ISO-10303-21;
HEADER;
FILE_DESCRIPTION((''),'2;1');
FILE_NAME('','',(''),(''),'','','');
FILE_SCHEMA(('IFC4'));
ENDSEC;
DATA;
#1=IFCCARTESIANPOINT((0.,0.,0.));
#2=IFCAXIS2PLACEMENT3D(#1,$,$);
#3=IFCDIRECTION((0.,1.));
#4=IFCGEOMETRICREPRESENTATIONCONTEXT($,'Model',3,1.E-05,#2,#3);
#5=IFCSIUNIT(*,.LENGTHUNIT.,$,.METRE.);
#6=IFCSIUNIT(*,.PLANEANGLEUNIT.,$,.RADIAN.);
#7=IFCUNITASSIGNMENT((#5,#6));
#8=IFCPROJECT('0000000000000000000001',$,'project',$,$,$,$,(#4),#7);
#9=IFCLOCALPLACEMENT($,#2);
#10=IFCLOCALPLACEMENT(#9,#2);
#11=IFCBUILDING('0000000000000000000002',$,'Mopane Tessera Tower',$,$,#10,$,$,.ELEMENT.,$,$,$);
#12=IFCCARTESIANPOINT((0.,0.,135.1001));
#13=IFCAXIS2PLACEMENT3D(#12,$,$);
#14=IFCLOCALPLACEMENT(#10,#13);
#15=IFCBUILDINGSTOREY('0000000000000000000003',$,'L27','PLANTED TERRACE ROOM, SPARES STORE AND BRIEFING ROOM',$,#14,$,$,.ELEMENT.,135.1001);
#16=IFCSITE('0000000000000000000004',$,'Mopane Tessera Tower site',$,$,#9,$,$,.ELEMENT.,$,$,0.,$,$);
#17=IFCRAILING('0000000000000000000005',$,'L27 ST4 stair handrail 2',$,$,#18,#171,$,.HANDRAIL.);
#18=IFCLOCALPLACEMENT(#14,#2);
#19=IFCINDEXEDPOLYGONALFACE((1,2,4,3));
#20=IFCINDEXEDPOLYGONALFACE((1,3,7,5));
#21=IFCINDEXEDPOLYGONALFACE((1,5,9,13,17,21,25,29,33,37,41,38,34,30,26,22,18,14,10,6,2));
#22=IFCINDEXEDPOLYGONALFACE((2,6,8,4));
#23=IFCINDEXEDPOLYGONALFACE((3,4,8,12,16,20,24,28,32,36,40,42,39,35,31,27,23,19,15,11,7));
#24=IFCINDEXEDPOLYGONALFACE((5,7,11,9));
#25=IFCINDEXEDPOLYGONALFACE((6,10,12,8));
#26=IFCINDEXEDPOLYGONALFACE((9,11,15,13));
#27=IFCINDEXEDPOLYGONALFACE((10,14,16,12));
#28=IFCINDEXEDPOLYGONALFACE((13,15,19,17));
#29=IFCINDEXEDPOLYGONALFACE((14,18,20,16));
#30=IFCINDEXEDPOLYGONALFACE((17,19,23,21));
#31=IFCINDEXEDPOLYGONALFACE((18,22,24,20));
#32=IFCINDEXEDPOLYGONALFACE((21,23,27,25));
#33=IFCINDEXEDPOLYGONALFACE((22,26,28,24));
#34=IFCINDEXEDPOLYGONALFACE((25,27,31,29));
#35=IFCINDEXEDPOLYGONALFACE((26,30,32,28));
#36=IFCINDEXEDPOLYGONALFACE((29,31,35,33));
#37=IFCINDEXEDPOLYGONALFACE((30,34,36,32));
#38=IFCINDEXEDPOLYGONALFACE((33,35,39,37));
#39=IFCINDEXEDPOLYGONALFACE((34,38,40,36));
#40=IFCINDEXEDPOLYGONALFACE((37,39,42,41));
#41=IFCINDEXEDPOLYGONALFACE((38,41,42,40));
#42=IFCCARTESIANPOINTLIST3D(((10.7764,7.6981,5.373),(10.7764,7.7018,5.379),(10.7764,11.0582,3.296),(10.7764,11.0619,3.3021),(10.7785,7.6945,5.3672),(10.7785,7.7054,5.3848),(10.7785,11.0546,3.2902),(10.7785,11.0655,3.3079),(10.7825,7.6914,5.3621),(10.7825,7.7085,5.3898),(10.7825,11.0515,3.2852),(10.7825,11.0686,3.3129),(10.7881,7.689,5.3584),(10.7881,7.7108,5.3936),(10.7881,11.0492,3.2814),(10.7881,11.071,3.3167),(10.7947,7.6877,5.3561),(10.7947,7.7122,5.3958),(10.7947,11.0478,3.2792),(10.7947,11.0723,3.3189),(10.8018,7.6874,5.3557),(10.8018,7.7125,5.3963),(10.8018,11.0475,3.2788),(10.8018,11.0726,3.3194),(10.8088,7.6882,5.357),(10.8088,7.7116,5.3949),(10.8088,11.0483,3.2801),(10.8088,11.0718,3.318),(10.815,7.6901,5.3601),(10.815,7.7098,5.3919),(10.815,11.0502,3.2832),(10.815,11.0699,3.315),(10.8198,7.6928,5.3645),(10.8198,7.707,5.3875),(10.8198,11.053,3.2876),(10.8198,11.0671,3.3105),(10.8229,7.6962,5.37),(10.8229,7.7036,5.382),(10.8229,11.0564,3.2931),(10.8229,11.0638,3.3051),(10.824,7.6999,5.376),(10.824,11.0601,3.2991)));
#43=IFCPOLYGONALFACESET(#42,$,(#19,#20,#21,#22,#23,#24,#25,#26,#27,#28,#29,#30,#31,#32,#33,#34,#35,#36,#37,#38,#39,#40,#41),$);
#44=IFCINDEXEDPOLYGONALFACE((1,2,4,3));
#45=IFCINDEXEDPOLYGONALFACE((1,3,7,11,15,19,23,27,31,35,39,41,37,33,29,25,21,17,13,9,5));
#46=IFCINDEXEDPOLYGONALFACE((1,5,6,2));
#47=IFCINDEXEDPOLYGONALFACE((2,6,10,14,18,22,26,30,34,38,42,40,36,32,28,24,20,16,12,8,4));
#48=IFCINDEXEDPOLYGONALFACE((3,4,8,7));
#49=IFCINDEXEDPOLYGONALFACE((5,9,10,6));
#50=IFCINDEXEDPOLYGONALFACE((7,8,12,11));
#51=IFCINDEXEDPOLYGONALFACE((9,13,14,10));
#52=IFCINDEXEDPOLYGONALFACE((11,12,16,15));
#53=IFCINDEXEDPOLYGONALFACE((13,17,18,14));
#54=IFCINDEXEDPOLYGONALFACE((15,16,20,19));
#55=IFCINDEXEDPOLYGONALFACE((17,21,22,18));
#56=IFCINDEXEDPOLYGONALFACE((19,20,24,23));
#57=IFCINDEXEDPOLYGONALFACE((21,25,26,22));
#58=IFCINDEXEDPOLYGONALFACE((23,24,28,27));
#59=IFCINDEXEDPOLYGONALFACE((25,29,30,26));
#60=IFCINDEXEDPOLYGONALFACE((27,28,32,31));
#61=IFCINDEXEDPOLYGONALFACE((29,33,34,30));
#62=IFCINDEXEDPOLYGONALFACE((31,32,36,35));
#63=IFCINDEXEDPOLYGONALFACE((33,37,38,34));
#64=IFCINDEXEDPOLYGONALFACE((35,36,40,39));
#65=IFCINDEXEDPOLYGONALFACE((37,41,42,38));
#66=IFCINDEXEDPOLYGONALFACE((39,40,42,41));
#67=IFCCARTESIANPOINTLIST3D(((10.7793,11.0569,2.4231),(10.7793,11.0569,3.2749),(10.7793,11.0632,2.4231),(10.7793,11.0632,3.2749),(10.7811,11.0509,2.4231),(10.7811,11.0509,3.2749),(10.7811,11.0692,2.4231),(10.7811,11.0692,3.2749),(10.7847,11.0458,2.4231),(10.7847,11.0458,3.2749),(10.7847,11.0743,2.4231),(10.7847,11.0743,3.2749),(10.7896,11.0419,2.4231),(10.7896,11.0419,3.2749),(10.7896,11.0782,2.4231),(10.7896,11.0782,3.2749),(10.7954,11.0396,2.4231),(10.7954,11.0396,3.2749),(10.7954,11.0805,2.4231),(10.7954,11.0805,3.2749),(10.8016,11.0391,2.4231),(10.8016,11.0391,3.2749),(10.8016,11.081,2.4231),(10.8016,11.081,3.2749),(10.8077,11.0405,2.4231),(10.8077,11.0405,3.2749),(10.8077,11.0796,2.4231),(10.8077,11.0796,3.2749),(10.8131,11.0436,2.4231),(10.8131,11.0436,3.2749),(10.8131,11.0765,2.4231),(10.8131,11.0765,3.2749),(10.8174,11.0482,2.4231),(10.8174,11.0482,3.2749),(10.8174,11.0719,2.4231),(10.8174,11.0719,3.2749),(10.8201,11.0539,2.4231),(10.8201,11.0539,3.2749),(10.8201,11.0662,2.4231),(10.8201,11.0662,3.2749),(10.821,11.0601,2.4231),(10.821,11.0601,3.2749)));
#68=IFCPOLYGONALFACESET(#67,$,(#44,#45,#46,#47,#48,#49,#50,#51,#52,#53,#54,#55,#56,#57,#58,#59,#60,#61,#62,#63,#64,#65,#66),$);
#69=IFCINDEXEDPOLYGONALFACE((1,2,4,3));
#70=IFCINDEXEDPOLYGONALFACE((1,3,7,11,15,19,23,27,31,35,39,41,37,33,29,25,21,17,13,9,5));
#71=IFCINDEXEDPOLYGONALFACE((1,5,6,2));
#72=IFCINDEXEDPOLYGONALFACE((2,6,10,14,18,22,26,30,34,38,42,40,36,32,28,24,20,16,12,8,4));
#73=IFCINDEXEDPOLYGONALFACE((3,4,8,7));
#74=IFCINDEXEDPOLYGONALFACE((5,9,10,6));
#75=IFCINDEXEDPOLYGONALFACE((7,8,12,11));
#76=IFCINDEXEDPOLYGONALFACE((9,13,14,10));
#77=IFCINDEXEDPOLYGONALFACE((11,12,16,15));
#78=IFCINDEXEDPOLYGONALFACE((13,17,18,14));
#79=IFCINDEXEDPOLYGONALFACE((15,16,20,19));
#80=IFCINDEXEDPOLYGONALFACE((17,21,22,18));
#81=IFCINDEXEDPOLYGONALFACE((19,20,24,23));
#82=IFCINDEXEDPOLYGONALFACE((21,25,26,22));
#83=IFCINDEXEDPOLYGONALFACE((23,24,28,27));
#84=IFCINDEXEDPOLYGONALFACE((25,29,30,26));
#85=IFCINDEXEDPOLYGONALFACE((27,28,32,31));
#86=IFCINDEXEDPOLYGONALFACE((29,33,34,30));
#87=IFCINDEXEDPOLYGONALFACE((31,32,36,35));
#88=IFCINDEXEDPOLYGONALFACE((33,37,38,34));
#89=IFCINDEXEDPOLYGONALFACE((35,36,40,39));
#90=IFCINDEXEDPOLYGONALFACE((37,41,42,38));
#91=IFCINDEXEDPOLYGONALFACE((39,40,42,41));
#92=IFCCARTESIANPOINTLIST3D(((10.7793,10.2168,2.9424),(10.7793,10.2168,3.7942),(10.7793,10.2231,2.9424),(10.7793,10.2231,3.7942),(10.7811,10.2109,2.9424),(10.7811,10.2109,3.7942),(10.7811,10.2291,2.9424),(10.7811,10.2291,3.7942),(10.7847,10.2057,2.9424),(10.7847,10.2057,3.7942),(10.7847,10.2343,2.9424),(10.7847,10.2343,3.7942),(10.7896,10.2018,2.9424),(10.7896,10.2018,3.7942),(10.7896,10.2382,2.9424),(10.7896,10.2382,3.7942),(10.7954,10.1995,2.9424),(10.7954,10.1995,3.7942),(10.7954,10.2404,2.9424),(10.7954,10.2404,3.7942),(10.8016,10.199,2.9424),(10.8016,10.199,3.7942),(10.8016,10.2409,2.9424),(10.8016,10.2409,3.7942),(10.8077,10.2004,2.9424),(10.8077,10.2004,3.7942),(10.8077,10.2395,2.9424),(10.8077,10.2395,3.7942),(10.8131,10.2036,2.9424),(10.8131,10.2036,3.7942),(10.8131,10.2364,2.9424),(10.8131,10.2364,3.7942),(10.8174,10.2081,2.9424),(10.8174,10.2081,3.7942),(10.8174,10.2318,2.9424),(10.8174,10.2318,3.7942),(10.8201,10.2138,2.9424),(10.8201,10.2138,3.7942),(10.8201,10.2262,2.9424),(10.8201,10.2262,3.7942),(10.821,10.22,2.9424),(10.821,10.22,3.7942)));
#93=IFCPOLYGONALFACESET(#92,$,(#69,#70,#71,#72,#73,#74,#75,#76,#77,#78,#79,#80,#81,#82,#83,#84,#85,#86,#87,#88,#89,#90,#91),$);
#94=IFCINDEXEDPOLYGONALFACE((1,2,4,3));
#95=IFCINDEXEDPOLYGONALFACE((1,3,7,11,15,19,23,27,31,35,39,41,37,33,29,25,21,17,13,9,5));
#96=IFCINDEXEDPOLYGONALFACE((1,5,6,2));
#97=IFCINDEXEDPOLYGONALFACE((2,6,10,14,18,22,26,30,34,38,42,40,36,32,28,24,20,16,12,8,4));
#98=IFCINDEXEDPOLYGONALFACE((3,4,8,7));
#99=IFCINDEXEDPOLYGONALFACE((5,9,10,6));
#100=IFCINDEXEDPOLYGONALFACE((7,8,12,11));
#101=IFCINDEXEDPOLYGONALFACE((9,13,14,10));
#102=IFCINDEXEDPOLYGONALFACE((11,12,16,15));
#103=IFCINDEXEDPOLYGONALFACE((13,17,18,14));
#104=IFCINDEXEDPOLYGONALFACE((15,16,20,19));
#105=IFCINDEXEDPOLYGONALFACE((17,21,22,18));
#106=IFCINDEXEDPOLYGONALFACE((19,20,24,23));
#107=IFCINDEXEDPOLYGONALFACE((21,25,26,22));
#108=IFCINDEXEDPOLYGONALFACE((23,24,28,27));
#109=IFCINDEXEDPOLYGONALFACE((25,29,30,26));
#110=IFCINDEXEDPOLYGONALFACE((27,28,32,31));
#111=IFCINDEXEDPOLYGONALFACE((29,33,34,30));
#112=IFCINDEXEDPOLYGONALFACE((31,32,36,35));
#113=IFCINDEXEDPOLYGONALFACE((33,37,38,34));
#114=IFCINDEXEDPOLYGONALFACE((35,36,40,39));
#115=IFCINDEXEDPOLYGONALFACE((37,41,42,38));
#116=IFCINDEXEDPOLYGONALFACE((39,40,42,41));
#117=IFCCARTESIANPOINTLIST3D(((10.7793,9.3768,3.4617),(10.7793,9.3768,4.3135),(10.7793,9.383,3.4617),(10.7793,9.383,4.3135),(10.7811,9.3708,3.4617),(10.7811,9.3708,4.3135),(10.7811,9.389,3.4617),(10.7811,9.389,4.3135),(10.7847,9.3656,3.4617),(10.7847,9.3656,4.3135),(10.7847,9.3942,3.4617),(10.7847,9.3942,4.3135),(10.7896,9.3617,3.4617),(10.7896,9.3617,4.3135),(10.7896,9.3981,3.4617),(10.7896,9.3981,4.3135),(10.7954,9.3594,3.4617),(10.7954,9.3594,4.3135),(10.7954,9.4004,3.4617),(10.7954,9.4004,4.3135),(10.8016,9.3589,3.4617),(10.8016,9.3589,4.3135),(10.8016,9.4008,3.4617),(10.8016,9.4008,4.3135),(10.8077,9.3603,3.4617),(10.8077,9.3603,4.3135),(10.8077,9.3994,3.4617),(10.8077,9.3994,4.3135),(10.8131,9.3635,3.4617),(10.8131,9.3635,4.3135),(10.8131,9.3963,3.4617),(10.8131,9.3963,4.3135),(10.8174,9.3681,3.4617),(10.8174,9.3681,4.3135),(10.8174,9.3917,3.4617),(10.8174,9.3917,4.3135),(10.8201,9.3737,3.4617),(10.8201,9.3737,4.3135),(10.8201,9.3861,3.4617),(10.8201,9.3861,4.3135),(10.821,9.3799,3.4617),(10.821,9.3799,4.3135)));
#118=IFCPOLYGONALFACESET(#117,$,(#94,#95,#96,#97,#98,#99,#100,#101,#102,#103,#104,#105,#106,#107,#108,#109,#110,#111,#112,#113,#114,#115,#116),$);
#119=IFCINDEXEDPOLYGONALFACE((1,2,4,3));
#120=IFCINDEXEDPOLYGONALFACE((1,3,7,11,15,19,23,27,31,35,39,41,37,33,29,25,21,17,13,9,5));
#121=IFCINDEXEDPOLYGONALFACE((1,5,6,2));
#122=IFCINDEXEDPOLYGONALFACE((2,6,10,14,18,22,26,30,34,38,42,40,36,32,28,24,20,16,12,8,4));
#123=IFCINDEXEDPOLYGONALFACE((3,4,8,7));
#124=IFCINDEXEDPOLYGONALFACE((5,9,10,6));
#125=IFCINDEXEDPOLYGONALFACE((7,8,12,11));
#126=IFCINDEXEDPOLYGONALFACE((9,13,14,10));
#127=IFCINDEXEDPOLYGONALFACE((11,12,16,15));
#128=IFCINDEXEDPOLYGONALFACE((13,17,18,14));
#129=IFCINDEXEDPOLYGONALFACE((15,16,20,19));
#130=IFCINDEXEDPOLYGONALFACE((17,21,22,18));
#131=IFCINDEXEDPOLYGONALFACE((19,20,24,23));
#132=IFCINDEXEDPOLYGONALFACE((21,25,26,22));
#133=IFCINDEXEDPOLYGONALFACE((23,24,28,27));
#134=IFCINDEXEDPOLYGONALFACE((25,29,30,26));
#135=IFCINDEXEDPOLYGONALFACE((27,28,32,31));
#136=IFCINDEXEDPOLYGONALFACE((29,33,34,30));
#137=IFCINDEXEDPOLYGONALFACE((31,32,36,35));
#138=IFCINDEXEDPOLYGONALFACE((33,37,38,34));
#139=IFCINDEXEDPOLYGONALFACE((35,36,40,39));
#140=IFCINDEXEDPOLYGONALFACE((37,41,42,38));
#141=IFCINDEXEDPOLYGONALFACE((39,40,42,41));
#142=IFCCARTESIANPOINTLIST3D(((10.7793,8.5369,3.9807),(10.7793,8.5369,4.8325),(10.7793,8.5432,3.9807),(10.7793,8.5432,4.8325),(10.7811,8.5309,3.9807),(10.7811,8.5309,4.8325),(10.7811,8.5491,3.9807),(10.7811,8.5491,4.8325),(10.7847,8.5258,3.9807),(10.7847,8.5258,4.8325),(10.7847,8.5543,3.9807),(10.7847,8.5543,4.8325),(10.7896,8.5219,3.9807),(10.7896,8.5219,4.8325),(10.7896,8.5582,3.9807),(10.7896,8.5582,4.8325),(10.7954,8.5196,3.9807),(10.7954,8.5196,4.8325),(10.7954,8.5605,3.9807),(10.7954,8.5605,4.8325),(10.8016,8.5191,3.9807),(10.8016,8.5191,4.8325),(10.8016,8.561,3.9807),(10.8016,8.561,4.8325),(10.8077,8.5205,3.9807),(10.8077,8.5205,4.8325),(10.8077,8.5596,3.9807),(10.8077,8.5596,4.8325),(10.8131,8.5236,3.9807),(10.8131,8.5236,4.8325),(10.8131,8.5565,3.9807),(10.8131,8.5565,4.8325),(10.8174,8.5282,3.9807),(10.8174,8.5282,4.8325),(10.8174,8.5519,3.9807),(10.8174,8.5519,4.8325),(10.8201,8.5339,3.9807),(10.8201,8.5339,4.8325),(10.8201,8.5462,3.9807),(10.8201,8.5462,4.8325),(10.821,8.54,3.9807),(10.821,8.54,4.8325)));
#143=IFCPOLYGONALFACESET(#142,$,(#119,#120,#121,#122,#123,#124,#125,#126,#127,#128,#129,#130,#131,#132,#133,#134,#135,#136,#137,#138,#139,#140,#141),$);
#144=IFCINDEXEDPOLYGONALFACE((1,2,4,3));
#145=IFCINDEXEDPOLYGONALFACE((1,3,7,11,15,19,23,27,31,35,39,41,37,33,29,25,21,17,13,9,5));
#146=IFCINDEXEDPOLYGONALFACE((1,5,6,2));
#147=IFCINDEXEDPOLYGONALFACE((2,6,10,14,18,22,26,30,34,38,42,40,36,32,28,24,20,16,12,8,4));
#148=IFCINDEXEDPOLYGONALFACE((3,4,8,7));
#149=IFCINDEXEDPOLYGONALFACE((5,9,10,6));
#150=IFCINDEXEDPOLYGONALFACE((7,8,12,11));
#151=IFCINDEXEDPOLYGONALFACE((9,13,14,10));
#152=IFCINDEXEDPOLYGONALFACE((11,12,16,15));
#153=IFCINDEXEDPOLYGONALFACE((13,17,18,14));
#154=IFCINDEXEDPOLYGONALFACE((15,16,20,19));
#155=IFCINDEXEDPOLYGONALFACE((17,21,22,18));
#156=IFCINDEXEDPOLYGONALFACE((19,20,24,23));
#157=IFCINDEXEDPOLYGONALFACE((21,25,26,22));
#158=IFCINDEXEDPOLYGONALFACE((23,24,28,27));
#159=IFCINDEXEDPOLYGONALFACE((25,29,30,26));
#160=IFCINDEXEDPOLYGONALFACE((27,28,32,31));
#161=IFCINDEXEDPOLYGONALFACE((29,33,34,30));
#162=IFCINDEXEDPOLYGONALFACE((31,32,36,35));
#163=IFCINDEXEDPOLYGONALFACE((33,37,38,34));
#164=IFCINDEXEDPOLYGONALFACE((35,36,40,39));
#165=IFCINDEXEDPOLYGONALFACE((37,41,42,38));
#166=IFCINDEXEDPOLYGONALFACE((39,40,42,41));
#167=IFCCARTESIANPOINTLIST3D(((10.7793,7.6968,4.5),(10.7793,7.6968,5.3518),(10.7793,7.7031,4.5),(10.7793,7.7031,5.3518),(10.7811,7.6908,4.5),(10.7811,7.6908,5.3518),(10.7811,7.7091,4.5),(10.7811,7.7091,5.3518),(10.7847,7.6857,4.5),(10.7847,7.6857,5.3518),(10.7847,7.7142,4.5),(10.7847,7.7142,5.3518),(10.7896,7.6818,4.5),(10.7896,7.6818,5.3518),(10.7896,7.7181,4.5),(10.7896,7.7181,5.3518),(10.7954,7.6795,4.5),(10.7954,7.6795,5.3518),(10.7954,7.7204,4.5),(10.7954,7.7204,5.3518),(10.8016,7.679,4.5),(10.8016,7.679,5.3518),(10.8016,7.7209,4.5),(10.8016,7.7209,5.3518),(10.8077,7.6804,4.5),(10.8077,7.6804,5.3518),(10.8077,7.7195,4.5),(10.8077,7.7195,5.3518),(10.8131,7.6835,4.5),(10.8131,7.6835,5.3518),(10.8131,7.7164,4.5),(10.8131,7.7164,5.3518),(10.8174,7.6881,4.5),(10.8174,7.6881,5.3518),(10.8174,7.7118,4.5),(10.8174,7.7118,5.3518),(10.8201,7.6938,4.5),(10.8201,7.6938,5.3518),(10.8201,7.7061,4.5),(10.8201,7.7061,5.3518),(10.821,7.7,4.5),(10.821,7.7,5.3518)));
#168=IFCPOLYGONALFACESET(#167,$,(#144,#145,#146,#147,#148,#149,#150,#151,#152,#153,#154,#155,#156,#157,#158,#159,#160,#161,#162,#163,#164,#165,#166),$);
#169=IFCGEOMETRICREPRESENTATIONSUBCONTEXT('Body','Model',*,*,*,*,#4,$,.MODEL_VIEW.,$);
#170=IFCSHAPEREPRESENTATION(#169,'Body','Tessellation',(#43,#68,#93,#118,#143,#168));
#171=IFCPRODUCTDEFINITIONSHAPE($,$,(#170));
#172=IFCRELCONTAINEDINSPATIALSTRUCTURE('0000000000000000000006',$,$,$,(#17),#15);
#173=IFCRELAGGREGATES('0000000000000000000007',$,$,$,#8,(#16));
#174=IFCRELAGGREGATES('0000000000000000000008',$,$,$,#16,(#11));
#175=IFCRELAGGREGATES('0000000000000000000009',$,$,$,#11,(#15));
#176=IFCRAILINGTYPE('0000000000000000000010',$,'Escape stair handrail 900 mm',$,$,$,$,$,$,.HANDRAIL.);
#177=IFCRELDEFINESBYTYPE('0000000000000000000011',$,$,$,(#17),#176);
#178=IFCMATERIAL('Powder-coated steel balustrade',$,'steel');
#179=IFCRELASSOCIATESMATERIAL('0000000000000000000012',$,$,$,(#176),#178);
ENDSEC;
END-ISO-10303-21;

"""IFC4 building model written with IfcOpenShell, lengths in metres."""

from ifc_helpers import new_model, si_unit, direction, frame, origin, origin_2d, place, context, subcontext, project, spatial, circle, extrude, material, type_object, element, save


model = new_model("IFC4")

# Units and contexts
model_context = context("Model", 3, precision=1e-05, world=origin(), true_north=direction((0.0, 1.0)))
body_context = subcontext(model_context, "Body", "Model", "MODEL_VIEW")
ifc_project = project(units=[si_unit("LENGTHUNIT", "METRE"), si_unit("PLANEANGLEUNIT", "RADIAN")], contexts=[model_context])

# Site, building, storey
site_placement = place(None, origin())
site = spatial("IfcSite", under=ifc_project, at=site_placement, Name="Mopane Tessera Tower site", CompositionType="ELEMENT", RefElevation=0.0)
building_placement = place(site_placement, origin())
building = spatial("IfcBuilding", under=site, at=building_placement, Name="Mopane Tessera Tower", CompositionType="ELEMENT")
storey_placement = place(building_placement, frame((0.0, 0.0, 135.1001)))
storey = spatial("IfcBuildingStorey", under=building, at=storey_placement, Name="L27", Description="PLANTED TERRACE ROOM, SPARES STORE AND BRIEFING ROOM", CompositionType="ELEMENT", Elevation=135.1001)

# Railing
ifc_material_1 = material(Name="Powder-coated steel balustrade", Category="steel")
railing_type_1 = type_object("IfcRailingType", Name="Escape stair handrail 900 mm", PredefinedType="HANDRAIL", material=ifc_material_1)
railing_1_placement = place(storey_placement, frame((10.8, 11.0601, 2.4231)))
element("IfcRailing", 1, at=railing_1_placement, inside=storey, type_object=railing_type_1, Name="L27 ST4 stair handrail 2", PredefinedType="HANDRAIL", context=body_context, shape_type="SweptSolid", body=[
    extrude(circle(Radius=0.0239, at=origin_2d()), frame((0.0, 0.0, 0.876), z_axis=(0.0, -0.850623, 0.525776), x_axis=(1.0, 0.0, 0.0)), (0.0, 0.0, 1.0), 3.9502),
    extrude(circle(Radius=0.021, at=origin_2d()), origin(), (0.0, 0.0, 1.0), 0.8518),
    extrude(circle(Radius=0.021, at=origin_2d()), frame((0.0, -0.8401, 0.5193)), (0.0, 0.0, 1.0), 0.8518),
    extrude(circle(Radius=0.021, at=origin_2d()), frame((0.0, -1.6802, 1.0386)), (0.0, 0.0, 1.0), 0.8518),
    extrude(circle(Radius=0.021, at=origin_2d()), frame((0.0, -2.52, 1.5576)), (0.0, 0.0, 1.0), 0.8518),
    extrude(circle(Radius=0.021, at=origin_2d()), frame((0.0, -3.3601, 2.0769)), (0.0, 0.0, 1.0), 0.8518),
])

save(model, "model.ifc")
